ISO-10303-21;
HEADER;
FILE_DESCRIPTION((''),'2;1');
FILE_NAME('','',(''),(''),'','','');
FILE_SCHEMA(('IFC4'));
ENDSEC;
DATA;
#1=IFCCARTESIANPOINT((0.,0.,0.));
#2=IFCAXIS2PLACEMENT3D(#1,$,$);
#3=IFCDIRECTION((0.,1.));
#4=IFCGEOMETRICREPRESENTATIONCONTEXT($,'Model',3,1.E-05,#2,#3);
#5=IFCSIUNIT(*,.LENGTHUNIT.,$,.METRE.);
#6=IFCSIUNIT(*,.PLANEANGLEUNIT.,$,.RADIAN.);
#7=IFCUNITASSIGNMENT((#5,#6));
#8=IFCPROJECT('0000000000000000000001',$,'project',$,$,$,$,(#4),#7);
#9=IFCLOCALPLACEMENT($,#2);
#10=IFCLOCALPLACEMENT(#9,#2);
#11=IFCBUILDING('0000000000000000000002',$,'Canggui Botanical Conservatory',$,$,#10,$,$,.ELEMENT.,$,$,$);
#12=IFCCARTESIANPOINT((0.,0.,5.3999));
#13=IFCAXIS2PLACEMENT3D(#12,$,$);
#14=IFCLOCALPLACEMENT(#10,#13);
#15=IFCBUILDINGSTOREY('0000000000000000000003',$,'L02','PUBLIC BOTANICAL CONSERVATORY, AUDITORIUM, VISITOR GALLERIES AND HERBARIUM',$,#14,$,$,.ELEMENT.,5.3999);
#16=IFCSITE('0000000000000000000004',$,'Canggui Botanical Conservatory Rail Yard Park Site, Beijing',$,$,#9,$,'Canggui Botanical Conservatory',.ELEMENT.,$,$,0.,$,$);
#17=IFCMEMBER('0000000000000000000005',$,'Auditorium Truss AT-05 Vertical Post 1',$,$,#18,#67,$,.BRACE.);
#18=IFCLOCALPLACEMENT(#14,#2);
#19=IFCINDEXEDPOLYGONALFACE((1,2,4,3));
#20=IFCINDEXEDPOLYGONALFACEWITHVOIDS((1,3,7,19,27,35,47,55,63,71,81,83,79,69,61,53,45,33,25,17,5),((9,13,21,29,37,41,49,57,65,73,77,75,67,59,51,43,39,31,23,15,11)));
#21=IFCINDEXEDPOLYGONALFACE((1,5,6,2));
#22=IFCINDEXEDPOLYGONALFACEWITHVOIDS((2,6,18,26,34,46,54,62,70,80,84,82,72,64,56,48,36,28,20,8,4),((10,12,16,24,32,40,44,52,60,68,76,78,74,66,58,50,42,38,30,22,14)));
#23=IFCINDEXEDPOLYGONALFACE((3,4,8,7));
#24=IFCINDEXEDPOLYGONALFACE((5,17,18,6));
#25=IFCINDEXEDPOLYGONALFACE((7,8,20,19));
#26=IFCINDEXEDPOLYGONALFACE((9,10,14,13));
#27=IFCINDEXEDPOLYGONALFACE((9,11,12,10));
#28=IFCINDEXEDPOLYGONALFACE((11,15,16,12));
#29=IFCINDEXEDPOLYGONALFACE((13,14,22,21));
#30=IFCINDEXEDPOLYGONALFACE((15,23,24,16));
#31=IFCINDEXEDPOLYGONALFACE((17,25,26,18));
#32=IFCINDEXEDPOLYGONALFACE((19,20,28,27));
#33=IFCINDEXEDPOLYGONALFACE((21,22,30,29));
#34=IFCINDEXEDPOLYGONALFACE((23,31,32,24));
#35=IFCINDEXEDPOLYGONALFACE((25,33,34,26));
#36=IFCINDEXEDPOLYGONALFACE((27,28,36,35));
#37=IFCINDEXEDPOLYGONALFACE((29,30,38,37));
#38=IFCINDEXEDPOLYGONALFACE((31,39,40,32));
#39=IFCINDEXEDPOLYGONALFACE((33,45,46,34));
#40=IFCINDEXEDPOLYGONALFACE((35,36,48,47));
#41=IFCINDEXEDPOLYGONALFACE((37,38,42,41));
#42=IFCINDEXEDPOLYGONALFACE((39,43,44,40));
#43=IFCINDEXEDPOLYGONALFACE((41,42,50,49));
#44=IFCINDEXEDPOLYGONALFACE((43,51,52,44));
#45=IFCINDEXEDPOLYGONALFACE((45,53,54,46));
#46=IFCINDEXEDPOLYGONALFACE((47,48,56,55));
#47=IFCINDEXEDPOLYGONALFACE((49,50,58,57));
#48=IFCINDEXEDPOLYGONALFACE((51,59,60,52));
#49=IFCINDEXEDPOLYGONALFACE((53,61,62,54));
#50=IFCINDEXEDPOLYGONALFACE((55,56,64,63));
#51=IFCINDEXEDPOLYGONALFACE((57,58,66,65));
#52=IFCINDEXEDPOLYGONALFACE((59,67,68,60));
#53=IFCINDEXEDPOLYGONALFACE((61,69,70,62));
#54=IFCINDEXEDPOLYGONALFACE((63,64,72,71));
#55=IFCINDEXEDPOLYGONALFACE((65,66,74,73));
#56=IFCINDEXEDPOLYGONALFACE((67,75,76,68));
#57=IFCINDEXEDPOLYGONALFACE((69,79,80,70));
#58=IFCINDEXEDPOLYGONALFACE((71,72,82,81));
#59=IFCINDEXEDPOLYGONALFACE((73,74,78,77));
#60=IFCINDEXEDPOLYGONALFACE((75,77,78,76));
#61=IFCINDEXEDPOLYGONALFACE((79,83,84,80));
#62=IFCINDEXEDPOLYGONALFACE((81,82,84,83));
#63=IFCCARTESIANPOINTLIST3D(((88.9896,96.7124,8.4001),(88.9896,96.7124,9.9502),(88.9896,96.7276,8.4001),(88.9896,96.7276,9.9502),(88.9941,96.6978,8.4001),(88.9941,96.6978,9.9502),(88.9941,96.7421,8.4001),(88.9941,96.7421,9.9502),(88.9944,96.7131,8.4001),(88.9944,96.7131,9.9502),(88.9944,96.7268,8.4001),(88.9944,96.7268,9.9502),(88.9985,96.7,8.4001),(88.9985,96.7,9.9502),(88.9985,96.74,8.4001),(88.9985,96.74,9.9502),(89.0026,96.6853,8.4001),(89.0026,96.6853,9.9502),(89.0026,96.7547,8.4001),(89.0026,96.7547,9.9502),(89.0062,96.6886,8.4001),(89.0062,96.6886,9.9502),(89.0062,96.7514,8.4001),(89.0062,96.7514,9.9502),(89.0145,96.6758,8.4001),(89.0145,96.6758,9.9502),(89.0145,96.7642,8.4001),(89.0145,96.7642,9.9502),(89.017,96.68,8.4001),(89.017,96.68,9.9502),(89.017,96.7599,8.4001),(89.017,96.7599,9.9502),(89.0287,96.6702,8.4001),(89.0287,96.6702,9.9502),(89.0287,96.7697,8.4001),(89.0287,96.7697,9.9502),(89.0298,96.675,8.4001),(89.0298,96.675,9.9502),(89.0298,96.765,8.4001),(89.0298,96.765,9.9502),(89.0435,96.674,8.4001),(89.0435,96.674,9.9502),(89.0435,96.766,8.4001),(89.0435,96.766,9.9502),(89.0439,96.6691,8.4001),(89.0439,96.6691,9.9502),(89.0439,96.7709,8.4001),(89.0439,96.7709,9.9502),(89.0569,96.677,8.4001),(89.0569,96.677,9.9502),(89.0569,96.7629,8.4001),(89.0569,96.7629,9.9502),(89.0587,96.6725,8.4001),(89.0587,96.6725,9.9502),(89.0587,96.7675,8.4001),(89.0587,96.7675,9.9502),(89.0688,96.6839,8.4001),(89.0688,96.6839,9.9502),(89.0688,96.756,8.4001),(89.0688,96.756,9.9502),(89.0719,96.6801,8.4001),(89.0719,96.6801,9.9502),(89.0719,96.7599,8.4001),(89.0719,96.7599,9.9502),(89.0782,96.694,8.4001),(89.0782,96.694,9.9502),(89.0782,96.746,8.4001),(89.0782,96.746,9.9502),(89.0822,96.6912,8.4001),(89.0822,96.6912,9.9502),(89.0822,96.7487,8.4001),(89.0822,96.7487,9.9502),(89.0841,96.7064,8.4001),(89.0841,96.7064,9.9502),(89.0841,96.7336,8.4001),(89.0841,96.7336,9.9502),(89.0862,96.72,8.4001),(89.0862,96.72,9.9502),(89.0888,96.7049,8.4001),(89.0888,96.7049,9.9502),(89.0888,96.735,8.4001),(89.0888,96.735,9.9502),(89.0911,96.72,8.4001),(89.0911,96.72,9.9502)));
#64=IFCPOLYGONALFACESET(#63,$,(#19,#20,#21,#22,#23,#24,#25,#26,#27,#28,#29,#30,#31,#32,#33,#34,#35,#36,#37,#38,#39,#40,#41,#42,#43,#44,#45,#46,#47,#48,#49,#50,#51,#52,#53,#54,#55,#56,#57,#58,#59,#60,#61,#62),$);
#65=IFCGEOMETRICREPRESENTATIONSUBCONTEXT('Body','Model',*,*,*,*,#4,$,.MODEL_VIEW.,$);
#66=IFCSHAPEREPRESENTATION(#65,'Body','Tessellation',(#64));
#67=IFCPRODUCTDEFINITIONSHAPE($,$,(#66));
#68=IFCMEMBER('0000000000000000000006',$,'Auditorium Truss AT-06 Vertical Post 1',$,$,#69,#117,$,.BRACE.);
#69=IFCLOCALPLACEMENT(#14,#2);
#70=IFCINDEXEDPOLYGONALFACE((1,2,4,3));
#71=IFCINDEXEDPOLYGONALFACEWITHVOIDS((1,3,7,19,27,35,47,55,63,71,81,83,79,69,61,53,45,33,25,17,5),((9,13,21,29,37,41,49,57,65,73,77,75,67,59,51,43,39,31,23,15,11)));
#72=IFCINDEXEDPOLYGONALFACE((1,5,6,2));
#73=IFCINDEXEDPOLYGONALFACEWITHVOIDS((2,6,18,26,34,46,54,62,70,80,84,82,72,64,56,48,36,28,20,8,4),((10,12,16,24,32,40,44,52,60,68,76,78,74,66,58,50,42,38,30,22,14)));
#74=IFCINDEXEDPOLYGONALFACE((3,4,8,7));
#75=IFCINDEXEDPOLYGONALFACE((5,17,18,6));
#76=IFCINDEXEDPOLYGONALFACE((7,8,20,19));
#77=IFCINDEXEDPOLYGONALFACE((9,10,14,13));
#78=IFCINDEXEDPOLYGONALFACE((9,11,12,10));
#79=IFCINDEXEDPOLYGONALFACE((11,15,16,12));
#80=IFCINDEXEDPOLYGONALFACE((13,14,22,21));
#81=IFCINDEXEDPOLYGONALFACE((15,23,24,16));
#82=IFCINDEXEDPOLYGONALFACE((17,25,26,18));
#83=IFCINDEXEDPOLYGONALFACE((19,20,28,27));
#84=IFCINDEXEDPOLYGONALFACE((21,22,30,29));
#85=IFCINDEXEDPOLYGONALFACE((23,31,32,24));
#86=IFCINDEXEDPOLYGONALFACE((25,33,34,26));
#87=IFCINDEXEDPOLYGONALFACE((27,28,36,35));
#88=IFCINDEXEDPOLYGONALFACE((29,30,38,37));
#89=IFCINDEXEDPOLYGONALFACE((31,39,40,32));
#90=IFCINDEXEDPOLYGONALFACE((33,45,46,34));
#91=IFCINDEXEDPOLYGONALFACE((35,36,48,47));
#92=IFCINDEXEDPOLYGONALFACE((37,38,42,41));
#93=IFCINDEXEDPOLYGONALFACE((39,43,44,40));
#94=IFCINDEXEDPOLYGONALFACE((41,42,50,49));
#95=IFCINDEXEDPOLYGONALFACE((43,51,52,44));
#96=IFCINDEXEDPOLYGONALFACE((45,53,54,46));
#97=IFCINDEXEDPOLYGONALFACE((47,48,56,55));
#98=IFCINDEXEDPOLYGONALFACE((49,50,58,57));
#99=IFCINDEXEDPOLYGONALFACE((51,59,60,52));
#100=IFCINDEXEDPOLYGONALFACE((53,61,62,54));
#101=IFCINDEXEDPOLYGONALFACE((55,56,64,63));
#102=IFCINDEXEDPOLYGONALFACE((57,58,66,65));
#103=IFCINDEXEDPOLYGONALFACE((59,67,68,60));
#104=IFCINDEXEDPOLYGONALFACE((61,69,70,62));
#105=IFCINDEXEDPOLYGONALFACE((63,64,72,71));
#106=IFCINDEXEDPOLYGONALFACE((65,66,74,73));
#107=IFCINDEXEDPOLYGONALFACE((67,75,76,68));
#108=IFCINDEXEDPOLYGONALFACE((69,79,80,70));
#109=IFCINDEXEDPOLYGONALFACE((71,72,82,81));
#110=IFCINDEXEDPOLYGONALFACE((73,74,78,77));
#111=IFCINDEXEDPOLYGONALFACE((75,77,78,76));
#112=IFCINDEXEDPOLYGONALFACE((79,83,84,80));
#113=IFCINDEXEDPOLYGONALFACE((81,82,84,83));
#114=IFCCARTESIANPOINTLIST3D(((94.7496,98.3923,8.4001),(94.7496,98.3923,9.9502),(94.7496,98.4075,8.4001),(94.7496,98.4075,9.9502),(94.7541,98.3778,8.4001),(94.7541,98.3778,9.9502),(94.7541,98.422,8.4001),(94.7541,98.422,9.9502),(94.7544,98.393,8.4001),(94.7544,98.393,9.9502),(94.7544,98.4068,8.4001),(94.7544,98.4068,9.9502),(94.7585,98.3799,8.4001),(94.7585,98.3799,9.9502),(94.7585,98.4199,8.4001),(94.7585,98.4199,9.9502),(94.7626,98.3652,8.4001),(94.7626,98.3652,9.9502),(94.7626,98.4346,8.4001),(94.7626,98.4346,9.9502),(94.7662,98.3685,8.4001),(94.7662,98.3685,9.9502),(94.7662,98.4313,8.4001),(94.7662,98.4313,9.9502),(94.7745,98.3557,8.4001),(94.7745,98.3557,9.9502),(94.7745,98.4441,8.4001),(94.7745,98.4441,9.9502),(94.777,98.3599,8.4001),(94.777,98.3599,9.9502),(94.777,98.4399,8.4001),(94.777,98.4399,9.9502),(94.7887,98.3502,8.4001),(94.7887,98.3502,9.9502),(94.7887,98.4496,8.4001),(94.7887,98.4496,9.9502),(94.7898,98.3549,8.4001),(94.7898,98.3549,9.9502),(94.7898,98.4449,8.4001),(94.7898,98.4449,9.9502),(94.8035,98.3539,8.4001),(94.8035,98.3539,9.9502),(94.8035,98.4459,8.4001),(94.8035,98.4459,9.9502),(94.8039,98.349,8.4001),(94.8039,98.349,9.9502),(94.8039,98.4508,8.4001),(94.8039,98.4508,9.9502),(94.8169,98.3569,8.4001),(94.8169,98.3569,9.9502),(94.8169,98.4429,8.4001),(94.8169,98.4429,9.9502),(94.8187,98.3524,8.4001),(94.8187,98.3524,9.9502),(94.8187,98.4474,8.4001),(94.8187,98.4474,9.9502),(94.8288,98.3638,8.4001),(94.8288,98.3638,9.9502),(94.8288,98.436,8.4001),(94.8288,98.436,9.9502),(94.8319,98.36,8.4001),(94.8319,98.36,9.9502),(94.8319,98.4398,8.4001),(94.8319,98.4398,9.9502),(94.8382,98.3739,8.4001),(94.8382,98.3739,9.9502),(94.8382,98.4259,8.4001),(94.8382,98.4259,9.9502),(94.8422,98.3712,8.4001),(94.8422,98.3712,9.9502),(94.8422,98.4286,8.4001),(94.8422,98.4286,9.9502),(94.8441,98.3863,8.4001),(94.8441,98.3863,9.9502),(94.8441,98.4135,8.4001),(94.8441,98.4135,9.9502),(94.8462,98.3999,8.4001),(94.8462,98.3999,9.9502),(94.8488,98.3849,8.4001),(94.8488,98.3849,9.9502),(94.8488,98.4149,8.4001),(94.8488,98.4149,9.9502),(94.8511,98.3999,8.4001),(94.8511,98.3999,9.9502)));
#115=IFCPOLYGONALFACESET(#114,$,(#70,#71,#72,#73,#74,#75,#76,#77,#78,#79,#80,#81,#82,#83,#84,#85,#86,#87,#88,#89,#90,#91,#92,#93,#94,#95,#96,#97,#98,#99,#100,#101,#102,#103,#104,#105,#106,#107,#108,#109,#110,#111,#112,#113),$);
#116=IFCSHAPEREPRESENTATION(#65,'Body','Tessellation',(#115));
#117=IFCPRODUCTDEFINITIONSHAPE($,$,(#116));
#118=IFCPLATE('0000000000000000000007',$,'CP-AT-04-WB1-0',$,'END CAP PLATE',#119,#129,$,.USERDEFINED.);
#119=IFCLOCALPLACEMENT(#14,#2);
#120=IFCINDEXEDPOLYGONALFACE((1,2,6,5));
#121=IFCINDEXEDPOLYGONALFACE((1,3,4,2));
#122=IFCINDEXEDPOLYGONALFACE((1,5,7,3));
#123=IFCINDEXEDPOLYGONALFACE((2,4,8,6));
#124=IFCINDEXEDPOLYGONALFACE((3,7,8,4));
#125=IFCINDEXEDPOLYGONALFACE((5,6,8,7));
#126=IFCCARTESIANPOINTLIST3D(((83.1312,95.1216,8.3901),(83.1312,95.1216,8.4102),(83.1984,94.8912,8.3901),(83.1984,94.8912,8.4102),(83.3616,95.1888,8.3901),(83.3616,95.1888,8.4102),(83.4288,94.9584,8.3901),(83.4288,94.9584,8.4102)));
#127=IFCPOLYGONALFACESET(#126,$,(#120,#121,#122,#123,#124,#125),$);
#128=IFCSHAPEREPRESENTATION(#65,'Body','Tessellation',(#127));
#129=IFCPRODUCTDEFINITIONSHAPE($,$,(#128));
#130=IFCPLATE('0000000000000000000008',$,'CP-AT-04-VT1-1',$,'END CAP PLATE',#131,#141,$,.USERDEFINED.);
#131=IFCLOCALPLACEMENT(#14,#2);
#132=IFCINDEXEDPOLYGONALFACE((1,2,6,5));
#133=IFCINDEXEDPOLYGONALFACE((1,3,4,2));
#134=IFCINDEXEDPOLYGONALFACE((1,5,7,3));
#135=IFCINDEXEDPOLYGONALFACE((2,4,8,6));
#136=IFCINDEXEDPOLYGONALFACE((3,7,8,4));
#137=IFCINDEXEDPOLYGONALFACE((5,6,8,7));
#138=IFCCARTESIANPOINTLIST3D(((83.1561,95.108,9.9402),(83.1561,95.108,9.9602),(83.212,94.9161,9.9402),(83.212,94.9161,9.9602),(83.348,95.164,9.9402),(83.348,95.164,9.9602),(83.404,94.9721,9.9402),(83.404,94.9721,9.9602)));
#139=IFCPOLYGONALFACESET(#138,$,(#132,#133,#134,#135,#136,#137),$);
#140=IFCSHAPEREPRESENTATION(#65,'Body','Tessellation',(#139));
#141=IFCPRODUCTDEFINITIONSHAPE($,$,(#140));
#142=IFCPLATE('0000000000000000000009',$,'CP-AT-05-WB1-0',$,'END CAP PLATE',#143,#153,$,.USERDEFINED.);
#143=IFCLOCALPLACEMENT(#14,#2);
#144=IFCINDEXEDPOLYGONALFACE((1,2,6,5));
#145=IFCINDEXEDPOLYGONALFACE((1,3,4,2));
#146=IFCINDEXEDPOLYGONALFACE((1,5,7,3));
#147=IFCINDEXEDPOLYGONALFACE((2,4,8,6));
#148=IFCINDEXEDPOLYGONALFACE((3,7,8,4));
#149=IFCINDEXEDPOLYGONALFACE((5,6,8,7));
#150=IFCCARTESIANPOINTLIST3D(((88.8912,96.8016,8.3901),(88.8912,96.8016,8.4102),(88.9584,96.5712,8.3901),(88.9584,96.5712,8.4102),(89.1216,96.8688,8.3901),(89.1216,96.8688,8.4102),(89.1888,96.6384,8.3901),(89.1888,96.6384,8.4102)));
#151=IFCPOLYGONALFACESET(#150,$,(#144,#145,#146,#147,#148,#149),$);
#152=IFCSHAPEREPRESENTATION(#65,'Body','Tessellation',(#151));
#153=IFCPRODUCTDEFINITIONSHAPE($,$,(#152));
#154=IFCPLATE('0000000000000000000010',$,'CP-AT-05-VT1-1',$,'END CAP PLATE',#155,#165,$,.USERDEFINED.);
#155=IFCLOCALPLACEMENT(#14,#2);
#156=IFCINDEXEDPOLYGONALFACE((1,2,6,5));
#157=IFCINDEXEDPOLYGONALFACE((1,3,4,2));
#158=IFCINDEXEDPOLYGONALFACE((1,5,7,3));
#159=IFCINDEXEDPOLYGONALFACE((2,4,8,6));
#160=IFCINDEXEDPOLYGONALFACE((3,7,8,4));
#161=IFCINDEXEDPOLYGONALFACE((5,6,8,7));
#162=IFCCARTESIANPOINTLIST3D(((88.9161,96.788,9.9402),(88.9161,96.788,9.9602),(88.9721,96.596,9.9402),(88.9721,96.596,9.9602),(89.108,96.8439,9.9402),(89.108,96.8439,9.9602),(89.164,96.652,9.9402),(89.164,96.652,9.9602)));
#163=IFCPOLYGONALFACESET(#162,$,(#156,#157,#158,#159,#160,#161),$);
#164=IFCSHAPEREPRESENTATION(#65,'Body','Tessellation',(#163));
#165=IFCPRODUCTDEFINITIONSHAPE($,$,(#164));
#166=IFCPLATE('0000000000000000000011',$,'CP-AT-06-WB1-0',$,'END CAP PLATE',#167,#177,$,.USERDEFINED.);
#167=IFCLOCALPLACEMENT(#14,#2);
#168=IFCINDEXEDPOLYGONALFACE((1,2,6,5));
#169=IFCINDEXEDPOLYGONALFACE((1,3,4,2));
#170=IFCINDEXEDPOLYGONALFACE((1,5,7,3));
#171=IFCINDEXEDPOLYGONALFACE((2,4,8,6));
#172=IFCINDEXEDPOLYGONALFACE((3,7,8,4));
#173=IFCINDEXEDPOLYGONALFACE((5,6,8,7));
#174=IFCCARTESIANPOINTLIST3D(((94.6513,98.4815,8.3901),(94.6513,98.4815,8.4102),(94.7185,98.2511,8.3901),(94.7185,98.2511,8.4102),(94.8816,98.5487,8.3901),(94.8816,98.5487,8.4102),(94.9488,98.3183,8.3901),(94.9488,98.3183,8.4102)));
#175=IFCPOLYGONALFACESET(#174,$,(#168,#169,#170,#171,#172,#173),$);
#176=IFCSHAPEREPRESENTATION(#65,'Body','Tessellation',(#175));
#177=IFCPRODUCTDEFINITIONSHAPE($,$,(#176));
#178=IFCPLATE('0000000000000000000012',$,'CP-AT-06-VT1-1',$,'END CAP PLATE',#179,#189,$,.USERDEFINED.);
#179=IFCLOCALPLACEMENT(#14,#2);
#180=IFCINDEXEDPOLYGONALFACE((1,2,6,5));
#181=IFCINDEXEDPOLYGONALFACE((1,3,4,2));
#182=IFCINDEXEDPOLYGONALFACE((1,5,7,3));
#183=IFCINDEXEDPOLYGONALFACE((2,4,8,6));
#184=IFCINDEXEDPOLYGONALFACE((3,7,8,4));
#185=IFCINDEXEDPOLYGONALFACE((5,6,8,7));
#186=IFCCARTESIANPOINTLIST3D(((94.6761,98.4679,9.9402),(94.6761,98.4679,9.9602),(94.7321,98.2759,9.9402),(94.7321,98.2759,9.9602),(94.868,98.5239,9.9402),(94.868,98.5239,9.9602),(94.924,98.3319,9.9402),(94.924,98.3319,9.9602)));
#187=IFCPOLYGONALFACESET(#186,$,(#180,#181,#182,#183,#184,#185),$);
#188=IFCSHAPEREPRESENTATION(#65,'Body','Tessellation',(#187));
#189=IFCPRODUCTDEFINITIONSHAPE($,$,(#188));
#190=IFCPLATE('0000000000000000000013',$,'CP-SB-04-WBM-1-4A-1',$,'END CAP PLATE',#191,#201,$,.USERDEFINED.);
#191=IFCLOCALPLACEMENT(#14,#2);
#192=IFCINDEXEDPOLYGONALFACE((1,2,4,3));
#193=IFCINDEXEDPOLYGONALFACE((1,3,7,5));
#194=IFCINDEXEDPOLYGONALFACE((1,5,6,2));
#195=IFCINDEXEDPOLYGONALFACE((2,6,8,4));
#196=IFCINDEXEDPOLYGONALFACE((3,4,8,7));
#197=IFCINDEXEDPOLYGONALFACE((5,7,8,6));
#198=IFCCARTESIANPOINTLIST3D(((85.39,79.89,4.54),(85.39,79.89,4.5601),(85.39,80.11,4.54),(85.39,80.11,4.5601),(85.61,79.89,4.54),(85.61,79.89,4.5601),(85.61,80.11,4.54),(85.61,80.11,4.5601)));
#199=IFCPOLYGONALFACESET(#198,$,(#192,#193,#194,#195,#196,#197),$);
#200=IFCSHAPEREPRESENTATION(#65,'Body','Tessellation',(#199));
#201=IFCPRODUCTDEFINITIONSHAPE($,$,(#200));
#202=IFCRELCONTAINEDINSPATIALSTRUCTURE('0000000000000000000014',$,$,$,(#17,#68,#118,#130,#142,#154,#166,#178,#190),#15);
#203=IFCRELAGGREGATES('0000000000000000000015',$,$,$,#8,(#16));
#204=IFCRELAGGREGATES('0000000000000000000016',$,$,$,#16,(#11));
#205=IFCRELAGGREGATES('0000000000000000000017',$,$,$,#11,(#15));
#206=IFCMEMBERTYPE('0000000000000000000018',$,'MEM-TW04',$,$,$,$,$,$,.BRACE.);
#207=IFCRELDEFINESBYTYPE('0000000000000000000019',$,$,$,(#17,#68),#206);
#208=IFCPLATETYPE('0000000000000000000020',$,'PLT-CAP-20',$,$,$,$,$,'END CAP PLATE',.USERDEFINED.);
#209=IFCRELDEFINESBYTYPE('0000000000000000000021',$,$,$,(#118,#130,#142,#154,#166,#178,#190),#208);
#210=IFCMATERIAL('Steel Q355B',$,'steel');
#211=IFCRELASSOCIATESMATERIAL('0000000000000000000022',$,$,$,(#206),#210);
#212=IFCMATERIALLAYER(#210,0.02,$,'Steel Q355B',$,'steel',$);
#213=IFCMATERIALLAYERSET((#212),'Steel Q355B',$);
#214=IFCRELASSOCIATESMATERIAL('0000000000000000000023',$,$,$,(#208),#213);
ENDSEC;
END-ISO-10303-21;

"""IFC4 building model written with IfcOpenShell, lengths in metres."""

from ifc_helpers import new_model, si_unit, direction, frame, origin, origin_2d, place, context, subcontext, project, spatial, rectangle, hollow_circle, extrude, material, layer, layer_set, material_profile, profile_set, type_object, element, save


model = new_model("IFC4")

# Units and contexts
model_context = context("Model", 3, precision=1e-05, world=origin(), true_north=direction((0.0, 1.0)))
body_context = subcontext(model_context, "Body", "Model", "MODEL_VIEW")
ifc_project = project(units=[si_unit("LENGTHUNIT", "METRE"), si_unit("PLANEANGLEUNIT", "RADIAN")], contexts=[model_context])

# Site, building, storey
site_placement = place(None, origin())
site = spatial("IfcSite", under=ifc_project, at=site_placement, Name="Canggui Botanical Conservatory Rail Yard Park Site, Beijing", LongName="Canggui Botanical Conservatory", CompositionType="ELEMENT", RefElevation=0.0)
building_placement = place(site_placement, origin())
building = spatial("IfcBuilding", under=site, at=building_placement, Name="Canggui Botanical Conservatory", CompositionType="ELEMENT")
storey_placement = place(building_placement, frame((0.0, 0.0, 5.3999)))
storey = spatial("IfcBuildingStorey", under=building, at=storey_placement, Name="L02", Description="PUBLIC BOTANICAL CONSERVATORY, AUDITORIUM, VISITOR GALLERIES AND HERBARIUM", CompositionType="ELEMENT", Elevation=5.3999)

# Shared definitions
ifc_material_1 = material(Name="Steel Q355B", Category="steel")

# Members
ifc_material_profile_1 = material_profile(ifc_material_1, hollow_circle(Radius=0.051, WallThickness=0.0049, at=origin_2d()), Name="CHS 102x5")
ifc_profile_set_1 = profile_set([ifc_material_profile_1], Name="Steel Q355B")
member_type_1 = type_object("IfcMemberType", Name="MEM-TW04", PredefinedType="BRACE", material=ifc_profile_set_1)
for number, where, z_axis, x_axis, name in (
    (1, (89.04, 96.72, 8.4001), (0.0, 0.0, 1.0), (1.0, 0.0, 0.0), "Auditorium Truss AT-05 Vertical Post 1"),
    (2, (94.8, 98.3999, 8.4001), (0.0, 0.0, 1.0), (1.0, 0.0, 0.0), "Auditorium Truss AT-06 Vertical Post 1"),
):
    element("IfcMember", number, at=place(storey_placement, frame(where, z_axis=z_axis, x_axis=x_axis)), inside=storey, type_object=member_type_1, Name=name, PredefinedType="BRACE", context=body_context, shape_type="SweptSolid", body=[
        extrude(hollow_circle(Radius=0.051, WallThickness=0.0049, at=origin_2d()), origin(), (0.0, 0.0, 1.0), 1.55),
    ])

# Plates
ifc_layer_1 = layer(ifc_material_1, 0.02, Name="Steel Q355B", Category="steel")
ifc_layer_set_1 = layer_set([ifc_layer_1], Name="Steel Q355B")
plate_type = type_object("IfcPlateType", Name="PLT-CAP-20", ElementType="END CAP PLATE", PredefinedType="USERDEFINED", material=ifc_layer_set_1)
plate_1_placement = place(storey_placement, frame((83.28, 95.04, 8.3901), z_axis=(0.0, 0.0, 1.0), x_axis=(0.96, 0.28, 0.0)))
element("IfcPlate", 3, at=plate_1_placement, inside=storey, type_object=plate_type, Name="CP-AT-04-WB1-0", ObjectType="END CAP PLATE", PredefinedType="USERDEFINED", context=body_context, shape_type="SweptSolid", body=[
    extrude(rectangle(XDim=0.24, YDim=0.24, at=origin_2d()), origin(), (0.0, 0.0, 1.0), 0.02),
])
plate_2_placement = place(storey_placement, frame((83.28, 95.04, 9.9402), z_axis=(0.0, 0.0, 1.0), x_axis=(0.96, 0.28, 0.0)))
element("IfcPlate", 4, at=plate_2_placement, inside=storey, type_object=plate_type, Name="CP-AT-04-VT1-1", ObjectType="END CAP PLATE", PredefinedType="USERDEFINED", context=body_context, shape_type="SweptSolid", body=[
    extrude(rectangle(XDim=0.2, YDim=0.2, at=origin_2d()), origin(), (0.0, 0.0, 1.0), 0.02),
])
plate_3_placement = place(storey_placement, frame((89.04, 96.72, 8.3901), z_axis=(0.0, 0.0, 1.0), x_axis=(0.96, 0.28, 0.0)))
element("IfcPlate", 5, at=plate_3_placement, inside=storey, type_object=plate_type, Name="CP-AT-05-WB1-0", ObjectType="END CAP PLATE", PredefinedType="USERDEFINED", context=body_context, shape_type="SweptSolid", body=[
    extrude(rectangle(XDim=0.24, YDim=0.24, at=origin_2d()), origin(), (0.0, 0.0, 1.0), 0.02),
])
plate_4_placement = place(storey_placement, frame((89.04, 96.72, 9.9402), z_axis=(0.0, 0.0, 1.0), x_axis=(0.96, 0.28, 0.0)))
element("IfcPlate", 6, at=plate_4_placement, inside=storey, type_object=plate_type, Name="CP-AT-05-VT1-1", ObjectType="END CAP PLATE", PredefinedType="USERDEFINED", context=body_context, shape_type="SweptSolid", body=[
    extrude(rectangle(XDim=0.2, YDim=0.2, at=origin_2d()), origin(), (0.0, 0.0, 1.0), 0.02),
])
plate_5_placement = place(storey_placement, frame((94.8, 98.3999, 8.3901), z_axis=(0.0, 0.0, 1.0), x_axis=(0.96, 0.28, 0.0)))
element("IfcPlate", 7, at=plate_5_placement, inside=storey, type_object=plate_type, Name="CP-AT-06-WB1-0", ObjectType="END CAP PLATE", PredefinedType="USERDEFINED", context=body_context, shape_type="SweptSolid", body=[
    extrude(rectangle(XDim=0.24, YDim=0.24, at=origin_2d()), origin(), (0.0, 0.0, 1.0), 0.02),
])
plate_6_placement = place(storey_placement, frame((94.8, 98.3999, 9.9402), z_axis=(0.0, 0.0, 1.0), x_axis=(0.96, 0.28, 0.0)))
element("IfcPlate", 8, at=plate_6_placement, inside=storey, type_object=plate_type, Name="CP-AT-06-VT1-1", ObjectType="END CAP PLATE", PredefinedType="USERDEFINED", context=body_context, shape_type="SweptSolid", body=[
    extrude(rectangle(XDim=0.2, YDim=0.2, at=origin_2d()), origin(), (0.0, 0.0, 1.0), 0.02),
])
for number, where, z_axis, x_axis, name in (
    (9, (85.5, 80.0, 4.54), (0.0, 0.0, 1.0), (1.0, 0.0, 0.0), "CP-SB-04-WBM-1-4A-1"),
):
    element("IfcPlate", number, at=place(storey_placement, frame(where, z_axis=z_axis, x_axis=x_axis)), inside=storey, type_object=plate_type, Name=name, ObjectType="END CAP PLATE", PredefinedType="USERDEFINED", context=body_context, shape_type="SweptSolid", body=[
        extrude(rectangle(XDim=0.22, YDim=0.22, at=origin_2d()), origin(), (0.0, 0.0, 1.0), 0.02),
    ])

save(model, "model.ifc")
